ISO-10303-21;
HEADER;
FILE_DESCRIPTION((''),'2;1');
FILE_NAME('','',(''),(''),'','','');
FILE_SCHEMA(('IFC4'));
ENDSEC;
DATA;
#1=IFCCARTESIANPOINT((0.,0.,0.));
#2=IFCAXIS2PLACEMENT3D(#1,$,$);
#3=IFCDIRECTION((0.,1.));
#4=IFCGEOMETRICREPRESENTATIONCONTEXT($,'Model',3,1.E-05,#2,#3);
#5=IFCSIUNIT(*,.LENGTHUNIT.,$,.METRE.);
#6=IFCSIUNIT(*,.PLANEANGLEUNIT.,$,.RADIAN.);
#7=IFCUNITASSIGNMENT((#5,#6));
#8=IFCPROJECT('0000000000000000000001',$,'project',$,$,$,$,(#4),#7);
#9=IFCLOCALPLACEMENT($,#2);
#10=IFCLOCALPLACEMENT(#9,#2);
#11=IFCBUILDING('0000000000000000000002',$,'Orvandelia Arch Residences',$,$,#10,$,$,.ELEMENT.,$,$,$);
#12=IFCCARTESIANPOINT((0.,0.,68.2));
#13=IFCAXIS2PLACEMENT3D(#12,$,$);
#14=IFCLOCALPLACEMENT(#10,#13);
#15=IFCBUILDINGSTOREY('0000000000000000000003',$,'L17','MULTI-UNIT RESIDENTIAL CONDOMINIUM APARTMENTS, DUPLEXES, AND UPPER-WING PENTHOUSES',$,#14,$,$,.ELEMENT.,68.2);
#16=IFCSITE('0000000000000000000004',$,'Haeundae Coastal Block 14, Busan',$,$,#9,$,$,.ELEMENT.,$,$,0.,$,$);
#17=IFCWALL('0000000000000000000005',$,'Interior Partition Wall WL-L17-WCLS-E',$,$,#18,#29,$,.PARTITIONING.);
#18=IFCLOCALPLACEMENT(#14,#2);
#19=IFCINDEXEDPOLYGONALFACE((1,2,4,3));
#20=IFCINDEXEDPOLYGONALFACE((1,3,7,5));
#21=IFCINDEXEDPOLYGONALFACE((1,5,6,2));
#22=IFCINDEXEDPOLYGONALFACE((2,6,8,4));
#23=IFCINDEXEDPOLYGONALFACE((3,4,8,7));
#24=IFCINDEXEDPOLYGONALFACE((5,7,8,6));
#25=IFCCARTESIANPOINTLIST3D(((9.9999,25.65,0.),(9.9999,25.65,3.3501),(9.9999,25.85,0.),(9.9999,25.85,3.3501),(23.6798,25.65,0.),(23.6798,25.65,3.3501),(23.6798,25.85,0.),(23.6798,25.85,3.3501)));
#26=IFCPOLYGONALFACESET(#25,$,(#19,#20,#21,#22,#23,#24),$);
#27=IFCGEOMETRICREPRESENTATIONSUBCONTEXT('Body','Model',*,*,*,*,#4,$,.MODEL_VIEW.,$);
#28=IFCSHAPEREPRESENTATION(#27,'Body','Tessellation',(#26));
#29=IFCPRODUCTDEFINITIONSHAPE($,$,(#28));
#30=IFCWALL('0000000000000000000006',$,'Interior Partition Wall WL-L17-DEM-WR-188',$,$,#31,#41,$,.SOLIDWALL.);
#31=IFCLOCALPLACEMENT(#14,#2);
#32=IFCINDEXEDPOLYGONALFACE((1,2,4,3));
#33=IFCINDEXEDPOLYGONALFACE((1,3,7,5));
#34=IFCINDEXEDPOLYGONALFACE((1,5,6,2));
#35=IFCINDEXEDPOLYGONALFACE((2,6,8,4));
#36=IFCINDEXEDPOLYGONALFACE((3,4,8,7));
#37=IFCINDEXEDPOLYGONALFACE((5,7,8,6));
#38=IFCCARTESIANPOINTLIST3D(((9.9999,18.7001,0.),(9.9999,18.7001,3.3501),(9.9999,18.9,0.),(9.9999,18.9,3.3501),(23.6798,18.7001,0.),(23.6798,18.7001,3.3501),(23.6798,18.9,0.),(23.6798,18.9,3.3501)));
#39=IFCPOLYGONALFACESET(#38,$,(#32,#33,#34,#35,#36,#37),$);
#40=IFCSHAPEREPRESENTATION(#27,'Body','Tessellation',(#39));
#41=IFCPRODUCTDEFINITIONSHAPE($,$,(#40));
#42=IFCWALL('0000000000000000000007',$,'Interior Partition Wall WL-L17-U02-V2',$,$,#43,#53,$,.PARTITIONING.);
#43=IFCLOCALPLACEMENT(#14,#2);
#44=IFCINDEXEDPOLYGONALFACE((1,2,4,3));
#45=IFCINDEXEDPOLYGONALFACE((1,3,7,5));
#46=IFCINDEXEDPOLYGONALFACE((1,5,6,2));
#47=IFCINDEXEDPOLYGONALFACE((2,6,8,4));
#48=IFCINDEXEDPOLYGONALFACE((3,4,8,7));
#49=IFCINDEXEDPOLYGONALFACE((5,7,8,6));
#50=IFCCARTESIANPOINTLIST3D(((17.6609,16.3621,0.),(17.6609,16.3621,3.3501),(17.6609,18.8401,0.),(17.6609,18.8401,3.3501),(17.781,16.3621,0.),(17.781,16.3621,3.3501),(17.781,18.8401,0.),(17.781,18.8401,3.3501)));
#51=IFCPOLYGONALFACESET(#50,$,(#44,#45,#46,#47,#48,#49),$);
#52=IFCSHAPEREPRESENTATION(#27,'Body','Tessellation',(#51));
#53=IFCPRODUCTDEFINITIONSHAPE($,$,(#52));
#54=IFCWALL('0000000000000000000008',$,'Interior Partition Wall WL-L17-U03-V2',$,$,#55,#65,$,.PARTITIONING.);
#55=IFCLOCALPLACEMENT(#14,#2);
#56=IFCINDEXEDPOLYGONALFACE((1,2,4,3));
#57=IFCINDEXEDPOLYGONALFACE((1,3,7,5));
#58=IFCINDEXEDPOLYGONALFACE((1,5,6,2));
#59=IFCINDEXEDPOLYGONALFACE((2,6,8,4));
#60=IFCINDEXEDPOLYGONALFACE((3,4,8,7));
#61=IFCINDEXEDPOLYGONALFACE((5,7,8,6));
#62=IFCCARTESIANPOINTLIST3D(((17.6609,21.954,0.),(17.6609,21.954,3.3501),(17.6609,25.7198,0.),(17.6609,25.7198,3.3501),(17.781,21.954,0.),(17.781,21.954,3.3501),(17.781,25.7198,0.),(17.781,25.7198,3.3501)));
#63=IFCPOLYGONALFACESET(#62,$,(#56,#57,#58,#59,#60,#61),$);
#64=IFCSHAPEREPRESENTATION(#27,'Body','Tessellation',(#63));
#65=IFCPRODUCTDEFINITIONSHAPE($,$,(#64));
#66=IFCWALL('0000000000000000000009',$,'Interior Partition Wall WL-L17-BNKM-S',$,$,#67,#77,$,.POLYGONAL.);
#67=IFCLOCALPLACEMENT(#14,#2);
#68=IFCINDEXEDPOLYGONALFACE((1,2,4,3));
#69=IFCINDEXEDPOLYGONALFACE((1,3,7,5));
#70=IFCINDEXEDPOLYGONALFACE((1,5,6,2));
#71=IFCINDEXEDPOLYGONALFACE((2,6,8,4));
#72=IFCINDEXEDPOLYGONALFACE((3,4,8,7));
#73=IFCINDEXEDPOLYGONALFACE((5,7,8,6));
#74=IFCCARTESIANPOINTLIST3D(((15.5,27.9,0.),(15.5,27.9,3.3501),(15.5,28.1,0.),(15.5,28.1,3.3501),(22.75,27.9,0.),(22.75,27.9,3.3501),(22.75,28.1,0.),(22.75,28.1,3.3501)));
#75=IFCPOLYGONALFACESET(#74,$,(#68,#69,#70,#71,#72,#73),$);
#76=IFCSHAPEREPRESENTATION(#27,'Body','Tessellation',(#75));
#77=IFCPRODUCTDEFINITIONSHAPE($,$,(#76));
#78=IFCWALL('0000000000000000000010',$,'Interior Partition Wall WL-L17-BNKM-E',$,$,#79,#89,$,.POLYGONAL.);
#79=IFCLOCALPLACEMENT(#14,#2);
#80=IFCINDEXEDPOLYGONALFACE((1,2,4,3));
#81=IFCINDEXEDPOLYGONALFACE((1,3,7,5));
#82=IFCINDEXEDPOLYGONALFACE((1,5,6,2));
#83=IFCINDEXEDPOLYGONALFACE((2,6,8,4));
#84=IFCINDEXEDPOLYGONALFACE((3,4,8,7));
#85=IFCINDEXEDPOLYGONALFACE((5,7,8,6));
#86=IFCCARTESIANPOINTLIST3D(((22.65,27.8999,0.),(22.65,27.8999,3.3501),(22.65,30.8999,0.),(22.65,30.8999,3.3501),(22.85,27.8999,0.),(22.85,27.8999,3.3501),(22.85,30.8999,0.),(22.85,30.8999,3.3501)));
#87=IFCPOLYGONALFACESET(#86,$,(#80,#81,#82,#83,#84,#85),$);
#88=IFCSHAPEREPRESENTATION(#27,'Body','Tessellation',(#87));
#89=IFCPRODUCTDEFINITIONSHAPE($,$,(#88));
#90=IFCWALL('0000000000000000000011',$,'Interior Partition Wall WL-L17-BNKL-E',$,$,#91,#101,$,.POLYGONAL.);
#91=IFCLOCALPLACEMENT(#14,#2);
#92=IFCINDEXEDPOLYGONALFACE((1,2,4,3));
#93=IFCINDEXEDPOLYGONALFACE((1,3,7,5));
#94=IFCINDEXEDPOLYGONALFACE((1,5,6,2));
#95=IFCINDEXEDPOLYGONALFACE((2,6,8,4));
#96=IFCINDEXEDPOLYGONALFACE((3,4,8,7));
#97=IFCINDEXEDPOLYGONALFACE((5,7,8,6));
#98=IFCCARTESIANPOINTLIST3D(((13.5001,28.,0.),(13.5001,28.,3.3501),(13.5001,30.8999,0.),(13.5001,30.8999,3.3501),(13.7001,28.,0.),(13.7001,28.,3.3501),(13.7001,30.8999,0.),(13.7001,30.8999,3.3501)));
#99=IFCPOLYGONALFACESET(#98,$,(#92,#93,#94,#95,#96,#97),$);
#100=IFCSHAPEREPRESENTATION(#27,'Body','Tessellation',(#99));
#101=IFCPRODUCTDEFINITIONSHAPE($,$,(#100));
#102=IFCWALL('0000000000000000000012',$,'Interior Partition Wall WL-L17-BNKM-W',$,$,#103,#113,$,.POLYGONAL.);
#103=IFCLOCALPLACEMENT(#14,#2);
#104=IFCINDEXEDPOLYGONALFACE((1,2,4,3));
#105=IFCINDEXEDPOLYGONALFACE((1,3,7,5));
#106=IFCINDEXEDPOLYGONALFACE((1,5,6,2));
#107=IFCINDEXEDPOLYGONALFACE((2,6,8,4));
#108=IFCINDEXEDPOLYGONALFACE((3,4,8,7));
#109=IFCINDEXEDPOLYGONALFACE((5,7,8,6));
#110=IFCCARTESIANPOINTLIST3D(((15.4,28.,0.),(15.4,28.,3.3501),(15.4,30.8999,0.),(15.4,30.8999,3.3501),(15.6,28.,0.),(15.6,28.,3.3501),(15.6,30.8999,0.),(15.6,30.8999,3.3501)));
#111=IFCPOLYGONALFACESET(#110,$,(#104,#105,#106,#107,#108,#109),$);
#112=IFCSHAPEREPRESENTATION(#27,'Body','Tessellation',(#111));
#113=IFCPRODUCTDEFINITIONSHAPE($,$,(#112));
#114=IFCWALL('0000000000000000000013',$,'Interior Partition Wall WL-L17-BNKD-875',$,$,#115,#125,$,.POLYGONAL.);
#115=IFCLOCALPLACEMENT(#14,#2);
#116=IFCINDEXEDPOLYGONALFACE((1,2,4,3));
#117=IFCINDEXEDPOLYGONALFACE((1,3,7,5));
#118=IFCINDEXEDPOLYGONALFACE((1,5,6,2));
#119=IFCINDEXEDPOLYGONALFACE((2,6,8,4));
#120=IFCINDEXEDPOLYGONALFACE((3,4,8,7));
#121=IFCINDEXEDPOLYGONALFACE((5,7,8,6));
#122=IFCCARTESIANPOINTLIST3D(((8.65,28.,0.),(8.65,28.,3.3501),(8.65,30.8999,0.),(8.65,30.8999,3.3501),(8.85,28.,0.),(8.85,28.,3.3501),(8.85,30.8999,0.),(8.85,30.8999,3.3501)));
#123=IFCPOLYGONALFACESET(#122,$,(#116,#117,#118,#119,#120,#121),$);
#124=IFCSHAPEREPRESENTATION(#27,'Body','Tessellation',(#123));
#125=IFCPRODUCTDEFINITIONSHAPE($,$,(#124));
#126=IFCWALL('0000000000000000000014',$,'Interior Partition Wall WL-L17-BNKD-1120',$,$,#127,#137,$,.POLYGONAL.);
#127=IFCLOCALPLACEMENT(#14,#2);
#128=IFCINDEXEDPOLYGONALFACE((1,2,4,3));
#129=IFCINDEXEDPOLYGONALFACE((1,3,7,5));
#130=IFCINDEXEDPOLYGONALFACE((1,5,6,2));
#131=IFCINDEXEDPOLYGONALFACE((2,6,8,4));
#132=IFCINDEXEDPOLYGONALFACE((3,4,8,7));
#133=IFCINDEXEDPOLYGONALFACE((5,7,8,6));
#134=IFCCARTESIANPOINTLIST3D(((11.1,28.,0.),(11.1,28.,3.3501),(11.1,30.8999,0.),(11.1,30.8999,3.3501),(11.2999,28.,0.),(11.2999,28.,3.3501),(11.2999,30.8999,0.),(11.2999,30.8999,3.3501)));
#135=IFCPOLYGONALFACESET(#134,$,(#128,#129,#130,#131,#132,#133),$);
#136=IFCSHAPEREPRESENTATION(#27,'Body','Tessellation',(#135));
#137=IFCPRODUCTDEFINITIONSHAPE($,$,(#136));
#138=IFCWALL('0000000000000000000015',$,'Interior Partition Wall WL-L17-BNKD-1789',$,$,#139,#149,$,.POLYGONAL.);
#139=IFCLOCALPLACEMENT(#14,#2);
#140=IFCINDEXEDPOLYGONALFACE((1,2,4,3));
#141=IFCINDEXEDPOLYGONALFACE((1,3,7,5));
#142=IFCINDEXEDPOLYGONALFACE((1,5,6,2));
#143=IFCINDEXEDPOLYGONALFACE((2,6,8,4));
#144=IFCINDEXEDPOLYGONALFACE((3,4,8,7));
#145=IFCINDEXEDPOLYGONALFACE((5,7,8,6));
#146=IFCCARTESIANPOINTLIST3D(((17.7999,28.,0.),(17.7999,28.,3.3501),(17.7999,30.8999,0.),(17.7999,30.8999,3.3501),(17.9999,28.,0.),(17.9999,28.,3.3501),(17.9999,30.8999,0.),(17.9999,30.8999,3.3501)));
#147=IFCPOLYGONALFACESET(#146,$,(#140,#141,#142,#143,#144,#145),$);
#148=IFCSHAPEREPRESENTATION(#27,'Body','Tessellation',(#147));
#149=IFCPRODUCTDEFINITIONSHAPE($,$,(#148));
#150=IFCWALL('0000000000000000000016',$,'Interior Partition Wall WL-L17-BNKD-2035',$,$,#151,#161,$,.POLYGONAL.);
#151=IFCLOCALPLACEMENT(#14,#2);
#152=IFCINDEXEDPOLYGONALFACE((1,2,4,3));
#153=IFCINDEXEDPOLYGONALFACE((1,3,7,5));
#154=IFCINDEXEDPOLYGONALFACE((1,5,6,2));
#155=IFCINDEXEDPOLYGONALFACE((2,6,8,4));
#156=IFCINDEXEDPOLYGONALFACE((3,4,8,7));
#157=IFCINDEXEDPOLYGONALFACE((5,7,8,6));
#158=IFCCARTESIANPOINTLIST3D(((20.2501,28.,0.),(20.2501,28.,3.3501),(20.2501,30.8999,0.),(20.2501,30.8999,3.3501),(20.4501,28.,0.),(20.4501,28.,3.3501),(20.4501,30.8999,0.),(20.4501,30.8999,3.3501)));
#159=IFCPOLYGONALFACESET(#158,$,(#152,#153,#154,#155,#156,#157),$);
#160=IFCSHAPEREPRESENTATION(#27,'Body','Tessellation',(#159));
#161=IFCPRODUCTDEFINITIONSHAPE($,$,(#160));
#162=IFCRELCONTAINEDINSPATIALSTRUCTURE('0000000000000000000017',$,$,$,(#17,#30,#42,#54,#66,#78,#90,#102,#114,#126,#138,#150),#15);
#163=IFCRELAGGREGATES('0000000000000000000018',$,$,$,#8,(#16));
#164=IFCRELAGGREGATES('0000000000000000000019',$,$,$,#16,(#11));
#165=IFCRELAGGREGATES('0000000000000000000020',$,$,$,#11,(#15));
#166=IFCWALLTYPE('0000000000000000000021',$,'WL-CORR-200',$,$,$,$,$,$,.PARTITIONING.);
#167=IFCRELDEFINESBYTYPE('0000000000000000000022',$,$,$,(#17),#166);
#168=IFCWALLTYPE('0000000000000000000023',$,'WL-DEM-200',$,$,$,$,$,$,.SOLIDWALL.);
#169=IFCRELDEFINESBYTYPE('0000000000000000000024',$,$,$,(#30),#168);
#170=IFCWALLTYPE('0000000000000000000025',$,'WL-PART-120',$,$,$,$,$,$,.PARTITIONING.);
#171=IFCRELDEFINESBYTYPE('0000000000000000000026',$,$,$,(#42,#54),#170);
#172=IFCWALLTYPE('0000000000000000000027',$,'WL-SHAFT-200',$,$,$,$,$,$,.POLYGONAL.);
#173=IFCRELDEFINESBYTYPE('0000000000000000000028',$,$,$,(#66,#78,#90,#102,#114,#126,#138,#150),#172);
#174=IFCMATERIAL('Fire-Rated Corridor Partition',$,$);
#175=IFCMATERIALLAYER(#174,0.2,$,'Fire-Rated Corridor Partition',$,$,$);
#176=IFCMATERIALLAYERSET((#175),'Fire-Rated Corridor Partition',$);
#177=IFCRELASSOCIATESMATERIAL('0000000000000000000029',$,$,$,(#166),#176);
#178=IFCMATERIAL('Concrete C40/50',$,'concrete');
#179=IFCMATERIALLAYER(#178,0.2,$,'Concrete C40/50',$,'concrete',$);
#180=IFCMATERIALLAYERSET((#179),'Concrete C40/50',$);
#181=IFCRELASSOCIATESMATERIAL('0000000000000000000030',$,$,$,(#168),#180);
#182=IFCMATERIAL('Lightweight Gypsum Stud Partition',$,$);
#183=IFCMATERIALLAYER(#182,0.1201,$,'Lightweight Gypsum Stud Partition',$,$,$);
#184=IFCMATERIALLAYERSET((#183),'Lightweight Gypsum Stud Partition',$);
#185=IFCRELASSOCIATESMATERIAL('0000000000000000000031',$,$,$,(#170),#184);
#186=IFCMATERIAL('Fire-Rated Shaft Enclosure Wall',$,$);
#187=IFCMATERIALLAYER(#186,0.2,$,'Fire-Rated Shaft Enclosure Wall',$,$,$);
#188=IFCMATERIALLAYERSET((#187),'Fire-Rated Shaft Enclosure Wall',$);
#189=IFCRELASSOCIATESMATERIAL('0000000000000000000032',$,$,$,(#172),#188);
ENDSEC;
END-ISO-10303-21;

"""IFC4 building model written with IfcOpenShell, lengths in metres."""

from ifc_helpers import new_model, si_unit, direction, frame, frame_2d, origin, place, context, subcontext, project, spatial, rectangle, extrude, material, layer, layer_set, type_object, element, save


model = new_model("IFC4")

# Units and contexts
model_context = context("Model", 3, precision=1e-05, world=origin(), true_north=direction((0.0, 1.0)))
body_context = subcontext(model_context, "Body", "Model", "MODEL_VIEW")
ifc_project = project(units=[si_unit("LENGTHUNIT", "METRE"), si_unit("PLANEANGLEUNIT", "RADIAN")], contexts=[model_context])

# Site, building, storey
site_placement = place(None, origin())
site = spatial("IfcSite", under=ifc_project, at=site_placement, Name="Haeundae Coastal Block 14, Busan", CompositionType="ELEMENT", RefElevation=0.0)
building_placement = place(site_placement, origin())
building = spatial("IfcBuilding", under=site, at=building_placement, Name="Orvandelia Arch Residences", CompositionType="ELEMENT")
storey_placement = place(building_placement, frame((0.0, 0.0, 68.2)))
storey = spatial("IfcBuildingStorey", under=building, at=storey_placement, Name="L17", Description="MULTI-UNIT RESIDENTIAL CONDOMINIUM APARTMENTS, DUPLEXES, AND UPPER-WING PENTHOUSES", CompositionType="ELEMENT", Elevation=68.2)

# Walls
ifc_material_1 = material(Name="Fire-Rated Corridor Partition")
ifc_layer_1 = layer(ifc_material_1, 0.2, Name="Fire-Rated Corridor Partition")
ifc_layer_set_1 = layer_set([ifc_layer_1], Name="Fire-Rated Corridor Partition")
wall_type_1 = type_object("IfcWallType", Name="WL-CORR-200", PredefinedType="PARTITIONING", material=ifc_layer_set_1)
wall_1_placement = place(storey_placement, frame((10.0, 25.75, 0.0), z_axis=(0.0, 0.0, 1.0), x_axis=(1.0, 0.0, 0.0)))
element("IfcWall", 1, at=wall_1_placement, inside=storey, type_object=wall_type_1, Name="Interior Partition Wall WL-L17-WCLS-E", PredefinedType="PARTITIONING", context=body_context, shape_type="SweptSolid", body=[
    extrude(rectangle(XDim=13.6799, YDim=0.2, at=frame_2d((6.8398, 0.0))), origin(), (0.0, 0.0, 1.0), 3.3501),
])
ifc_material_2 = material(Name="Concrete C40/50", Category="concrete")
ifc_layer_2 = layer(ifc_material_2, 0.2, Name="Concrete C40/50", Category="concrete")
ifc_layer_set_2 = layer_set([ifc_layer_2], Name="Concrete C40/50")
wall_type_2 = type_object("IfcWallType", Name="WL-DEM-200", PredefinedType="SOLIDWALL", material=ifc_layer_set_2)
wall_2_placement = place(storey_placement, frame((10.0, 18.8, 0.0), z_axis=(0.0, 0.0, 1.0), x_axis=(1.0, 0.0, 0.0)))
element("IfcWall", 2, at=wall_2_placement, inside=storey, type_object=wall_type_2, Name="Interior Partition Wall WL-L17-DEM-WR-188", PredefinedType="SOLIDWALL", context=body_context, shape_type="SweptSolid", body=[
    extrude(rectangle(XDim=13.6799, YDim=0.2, at=frame_2d((6.8398, 0.0))), origin(), (0.0, 0.0, 1.0), 3.3501),
])
ifc_material_3 = material(Name="Lightweight Gypsum Stud Partition")
ifc_layer_3 = layer(ifc_material_3, 0.1201, Name="Lightweight Gypsum Stud Partition")
ifc_layer_set_3 = layer_set([ifc_layer_3], Name="Lightweight Gypsum Stud Partition")
wall_type_3 = type_object("IfcWallType", Name="WL-PART-120", PredefinedType="PARTITIONING", material=ifc_layer_set_3)
wall_3_placement = place(storey_placement, frame((17.7209, 16.3621, 0.0), z_axis=(0.0, 0.0, 1.0), x_axis=(0.0, 1.0, 0.0)))
element("IfcWall", 3, at=wall_3_placement, inside=storey, type_object=wall_type_3, Name="Interior Partition Wall WL-L17-U02-V2", PredefinedType="PARTITIONING", context=body_context, shape_type="SweptSolid", body=[
    extrude(rectangle(XDim=2.478, YDim=0.1201, at=frame_2d((1.239, 0.0))), origin(), (0.0, 0.0, 1.0), 3.3501),
])
wall_4_placement = place(storey_placement, frame((17.7209, 21.9541, 0.0), z_axis=(0.0, 0.0, 1.0), x_axis=(0.0, 1.0, 0.0)))
element("IfcWall", 4, at=wall_4_placement, inside=storey, type_object=wall_type_3, Name="Interior Partition Wall WL-L17-U03-V2", PredefinedType="PARTITIONING", context=body_context, shape_type="SweptSolid", body=[
    extrude(rectangle(XDim=3.7659, YDim=0.1201, at=frame_2d((1.8828, 0.0))), origin(), (0.0, 0.0, 1.0), 3.3501),
])

# Shared definitions
ifc_material_4 = material(Name="Fire-Rated Shaft Enclosure Wall")
ifc_layer_4 = layer(ifc_material_4, 0.2, Name="Fire-Rated Shaft Enclosure Wall")
ifc_layer_set_4 = layer_set([ifc_layer_4], Name="Fire-Rated Shaft Enclosure Wall")
wall_type_4 = type_object("IfcWallType", Name="WL-SHAFT-200", PredefinedType="POLYGONAL", material=ifc_layer_set_4)

# Walls
wall_5_placement = place(storey_placement, frame((15.5, 28.0, 0.0), z_axis=(0.0, 0.0, 1.0), x_axis=(1.0, 0.0, 0.0)))
element("IfcWall", 5, at=wall_5_placement, inside=storey, type_object=wall_type_4, Name="Interior Partition Wall WL-L17-BNKM-S", PredefinedType="POLYGONAL", context=body_context, shape_type="SweptSolid", body=[
    extrude(rectangle(XDim=7.25, YDim=0.2, at=frame_2d((3.625, 0.0))), origin(), (0.0, 0.0, 1.0), 3.3501),
])
wall_6_placement = place(storey_placement, frame((22.75, 27.8999, 0.0), z_axis=(0.0, 0.0, 1.0), x_axis=(0.0, 1.0, 0.0)))
element("IfcWall", 6, at=wall_6_placement, inside=storey, type_object=wall_type_4, Name="Interior Partition Wall WL-L17-BNKM-E", PredefinedType="POLYGONAL", context=body_context, shape_type="SweptSolid", body=[
    extrude(rectangle(XDim=3.0, YDim=0.2, at=frame_2d((1.5, 0.0))), origin(), (0.0, 0.0, 1.0), 3.3501),
])
for number, where, z_axis, x_axis, name in (
    (7, (13.6001, 28.0, 0.0), (0.0, 0.0, 1.0), (0.0, 1.0, 0.0), "Interior Partition Wall WL-L17-BNKL-E"),
    (8, (15.5, 28.0, 0.0), (0.0, 0.0, 1.0), (0.0, 1.0, 0.0), "Interior Partition Wall WL-L17-BNKM-W"),
    (9, (8.75, 28.0, 0.0), (0.0, 0.0, 1.0), (0.0, 1.0, 0.0), "Interior Partition Wall WL-L17-BNKD-875"),
    (10, (11.2, 28.0, 0.0), (0.0, 0.0, 1.0), (0.0, 1.0, 0.0), "Interior Partition Wall WL-L17-BNKD-1120"),
    (11, (17.8999, 28.0, 0.0), (0.0, 0.0, 1.0), (0.0, 1.0, 0.0), "Interior Partition Wall WL-L17-BNKD-1789"),
    (12, (20.3501, 28.0, 0.0), (0.0, 0.0, 1.0), (0.0, 1.0, 0.0), "Interior Partition Wall WL-L17-BNKD-2035"),
):
    element("IfcWall", number, at=place(storey_placement, frame(where, z_axis=z_axis, x_axis=x_axis)), inside=storey, type_object=wall_type_4, Name=name, PredefinedType="POLYGONAL", context=body_context, shape_type="SweptSolid", body=[
        extrude(rectangle(XDim=2.8999, YDim=0.2, at=frame_2d((1.45, 0.0))), origin(), (0.0, 0.0, 1.0), 3.3501),
    ])

save(model, "model.ifc")
